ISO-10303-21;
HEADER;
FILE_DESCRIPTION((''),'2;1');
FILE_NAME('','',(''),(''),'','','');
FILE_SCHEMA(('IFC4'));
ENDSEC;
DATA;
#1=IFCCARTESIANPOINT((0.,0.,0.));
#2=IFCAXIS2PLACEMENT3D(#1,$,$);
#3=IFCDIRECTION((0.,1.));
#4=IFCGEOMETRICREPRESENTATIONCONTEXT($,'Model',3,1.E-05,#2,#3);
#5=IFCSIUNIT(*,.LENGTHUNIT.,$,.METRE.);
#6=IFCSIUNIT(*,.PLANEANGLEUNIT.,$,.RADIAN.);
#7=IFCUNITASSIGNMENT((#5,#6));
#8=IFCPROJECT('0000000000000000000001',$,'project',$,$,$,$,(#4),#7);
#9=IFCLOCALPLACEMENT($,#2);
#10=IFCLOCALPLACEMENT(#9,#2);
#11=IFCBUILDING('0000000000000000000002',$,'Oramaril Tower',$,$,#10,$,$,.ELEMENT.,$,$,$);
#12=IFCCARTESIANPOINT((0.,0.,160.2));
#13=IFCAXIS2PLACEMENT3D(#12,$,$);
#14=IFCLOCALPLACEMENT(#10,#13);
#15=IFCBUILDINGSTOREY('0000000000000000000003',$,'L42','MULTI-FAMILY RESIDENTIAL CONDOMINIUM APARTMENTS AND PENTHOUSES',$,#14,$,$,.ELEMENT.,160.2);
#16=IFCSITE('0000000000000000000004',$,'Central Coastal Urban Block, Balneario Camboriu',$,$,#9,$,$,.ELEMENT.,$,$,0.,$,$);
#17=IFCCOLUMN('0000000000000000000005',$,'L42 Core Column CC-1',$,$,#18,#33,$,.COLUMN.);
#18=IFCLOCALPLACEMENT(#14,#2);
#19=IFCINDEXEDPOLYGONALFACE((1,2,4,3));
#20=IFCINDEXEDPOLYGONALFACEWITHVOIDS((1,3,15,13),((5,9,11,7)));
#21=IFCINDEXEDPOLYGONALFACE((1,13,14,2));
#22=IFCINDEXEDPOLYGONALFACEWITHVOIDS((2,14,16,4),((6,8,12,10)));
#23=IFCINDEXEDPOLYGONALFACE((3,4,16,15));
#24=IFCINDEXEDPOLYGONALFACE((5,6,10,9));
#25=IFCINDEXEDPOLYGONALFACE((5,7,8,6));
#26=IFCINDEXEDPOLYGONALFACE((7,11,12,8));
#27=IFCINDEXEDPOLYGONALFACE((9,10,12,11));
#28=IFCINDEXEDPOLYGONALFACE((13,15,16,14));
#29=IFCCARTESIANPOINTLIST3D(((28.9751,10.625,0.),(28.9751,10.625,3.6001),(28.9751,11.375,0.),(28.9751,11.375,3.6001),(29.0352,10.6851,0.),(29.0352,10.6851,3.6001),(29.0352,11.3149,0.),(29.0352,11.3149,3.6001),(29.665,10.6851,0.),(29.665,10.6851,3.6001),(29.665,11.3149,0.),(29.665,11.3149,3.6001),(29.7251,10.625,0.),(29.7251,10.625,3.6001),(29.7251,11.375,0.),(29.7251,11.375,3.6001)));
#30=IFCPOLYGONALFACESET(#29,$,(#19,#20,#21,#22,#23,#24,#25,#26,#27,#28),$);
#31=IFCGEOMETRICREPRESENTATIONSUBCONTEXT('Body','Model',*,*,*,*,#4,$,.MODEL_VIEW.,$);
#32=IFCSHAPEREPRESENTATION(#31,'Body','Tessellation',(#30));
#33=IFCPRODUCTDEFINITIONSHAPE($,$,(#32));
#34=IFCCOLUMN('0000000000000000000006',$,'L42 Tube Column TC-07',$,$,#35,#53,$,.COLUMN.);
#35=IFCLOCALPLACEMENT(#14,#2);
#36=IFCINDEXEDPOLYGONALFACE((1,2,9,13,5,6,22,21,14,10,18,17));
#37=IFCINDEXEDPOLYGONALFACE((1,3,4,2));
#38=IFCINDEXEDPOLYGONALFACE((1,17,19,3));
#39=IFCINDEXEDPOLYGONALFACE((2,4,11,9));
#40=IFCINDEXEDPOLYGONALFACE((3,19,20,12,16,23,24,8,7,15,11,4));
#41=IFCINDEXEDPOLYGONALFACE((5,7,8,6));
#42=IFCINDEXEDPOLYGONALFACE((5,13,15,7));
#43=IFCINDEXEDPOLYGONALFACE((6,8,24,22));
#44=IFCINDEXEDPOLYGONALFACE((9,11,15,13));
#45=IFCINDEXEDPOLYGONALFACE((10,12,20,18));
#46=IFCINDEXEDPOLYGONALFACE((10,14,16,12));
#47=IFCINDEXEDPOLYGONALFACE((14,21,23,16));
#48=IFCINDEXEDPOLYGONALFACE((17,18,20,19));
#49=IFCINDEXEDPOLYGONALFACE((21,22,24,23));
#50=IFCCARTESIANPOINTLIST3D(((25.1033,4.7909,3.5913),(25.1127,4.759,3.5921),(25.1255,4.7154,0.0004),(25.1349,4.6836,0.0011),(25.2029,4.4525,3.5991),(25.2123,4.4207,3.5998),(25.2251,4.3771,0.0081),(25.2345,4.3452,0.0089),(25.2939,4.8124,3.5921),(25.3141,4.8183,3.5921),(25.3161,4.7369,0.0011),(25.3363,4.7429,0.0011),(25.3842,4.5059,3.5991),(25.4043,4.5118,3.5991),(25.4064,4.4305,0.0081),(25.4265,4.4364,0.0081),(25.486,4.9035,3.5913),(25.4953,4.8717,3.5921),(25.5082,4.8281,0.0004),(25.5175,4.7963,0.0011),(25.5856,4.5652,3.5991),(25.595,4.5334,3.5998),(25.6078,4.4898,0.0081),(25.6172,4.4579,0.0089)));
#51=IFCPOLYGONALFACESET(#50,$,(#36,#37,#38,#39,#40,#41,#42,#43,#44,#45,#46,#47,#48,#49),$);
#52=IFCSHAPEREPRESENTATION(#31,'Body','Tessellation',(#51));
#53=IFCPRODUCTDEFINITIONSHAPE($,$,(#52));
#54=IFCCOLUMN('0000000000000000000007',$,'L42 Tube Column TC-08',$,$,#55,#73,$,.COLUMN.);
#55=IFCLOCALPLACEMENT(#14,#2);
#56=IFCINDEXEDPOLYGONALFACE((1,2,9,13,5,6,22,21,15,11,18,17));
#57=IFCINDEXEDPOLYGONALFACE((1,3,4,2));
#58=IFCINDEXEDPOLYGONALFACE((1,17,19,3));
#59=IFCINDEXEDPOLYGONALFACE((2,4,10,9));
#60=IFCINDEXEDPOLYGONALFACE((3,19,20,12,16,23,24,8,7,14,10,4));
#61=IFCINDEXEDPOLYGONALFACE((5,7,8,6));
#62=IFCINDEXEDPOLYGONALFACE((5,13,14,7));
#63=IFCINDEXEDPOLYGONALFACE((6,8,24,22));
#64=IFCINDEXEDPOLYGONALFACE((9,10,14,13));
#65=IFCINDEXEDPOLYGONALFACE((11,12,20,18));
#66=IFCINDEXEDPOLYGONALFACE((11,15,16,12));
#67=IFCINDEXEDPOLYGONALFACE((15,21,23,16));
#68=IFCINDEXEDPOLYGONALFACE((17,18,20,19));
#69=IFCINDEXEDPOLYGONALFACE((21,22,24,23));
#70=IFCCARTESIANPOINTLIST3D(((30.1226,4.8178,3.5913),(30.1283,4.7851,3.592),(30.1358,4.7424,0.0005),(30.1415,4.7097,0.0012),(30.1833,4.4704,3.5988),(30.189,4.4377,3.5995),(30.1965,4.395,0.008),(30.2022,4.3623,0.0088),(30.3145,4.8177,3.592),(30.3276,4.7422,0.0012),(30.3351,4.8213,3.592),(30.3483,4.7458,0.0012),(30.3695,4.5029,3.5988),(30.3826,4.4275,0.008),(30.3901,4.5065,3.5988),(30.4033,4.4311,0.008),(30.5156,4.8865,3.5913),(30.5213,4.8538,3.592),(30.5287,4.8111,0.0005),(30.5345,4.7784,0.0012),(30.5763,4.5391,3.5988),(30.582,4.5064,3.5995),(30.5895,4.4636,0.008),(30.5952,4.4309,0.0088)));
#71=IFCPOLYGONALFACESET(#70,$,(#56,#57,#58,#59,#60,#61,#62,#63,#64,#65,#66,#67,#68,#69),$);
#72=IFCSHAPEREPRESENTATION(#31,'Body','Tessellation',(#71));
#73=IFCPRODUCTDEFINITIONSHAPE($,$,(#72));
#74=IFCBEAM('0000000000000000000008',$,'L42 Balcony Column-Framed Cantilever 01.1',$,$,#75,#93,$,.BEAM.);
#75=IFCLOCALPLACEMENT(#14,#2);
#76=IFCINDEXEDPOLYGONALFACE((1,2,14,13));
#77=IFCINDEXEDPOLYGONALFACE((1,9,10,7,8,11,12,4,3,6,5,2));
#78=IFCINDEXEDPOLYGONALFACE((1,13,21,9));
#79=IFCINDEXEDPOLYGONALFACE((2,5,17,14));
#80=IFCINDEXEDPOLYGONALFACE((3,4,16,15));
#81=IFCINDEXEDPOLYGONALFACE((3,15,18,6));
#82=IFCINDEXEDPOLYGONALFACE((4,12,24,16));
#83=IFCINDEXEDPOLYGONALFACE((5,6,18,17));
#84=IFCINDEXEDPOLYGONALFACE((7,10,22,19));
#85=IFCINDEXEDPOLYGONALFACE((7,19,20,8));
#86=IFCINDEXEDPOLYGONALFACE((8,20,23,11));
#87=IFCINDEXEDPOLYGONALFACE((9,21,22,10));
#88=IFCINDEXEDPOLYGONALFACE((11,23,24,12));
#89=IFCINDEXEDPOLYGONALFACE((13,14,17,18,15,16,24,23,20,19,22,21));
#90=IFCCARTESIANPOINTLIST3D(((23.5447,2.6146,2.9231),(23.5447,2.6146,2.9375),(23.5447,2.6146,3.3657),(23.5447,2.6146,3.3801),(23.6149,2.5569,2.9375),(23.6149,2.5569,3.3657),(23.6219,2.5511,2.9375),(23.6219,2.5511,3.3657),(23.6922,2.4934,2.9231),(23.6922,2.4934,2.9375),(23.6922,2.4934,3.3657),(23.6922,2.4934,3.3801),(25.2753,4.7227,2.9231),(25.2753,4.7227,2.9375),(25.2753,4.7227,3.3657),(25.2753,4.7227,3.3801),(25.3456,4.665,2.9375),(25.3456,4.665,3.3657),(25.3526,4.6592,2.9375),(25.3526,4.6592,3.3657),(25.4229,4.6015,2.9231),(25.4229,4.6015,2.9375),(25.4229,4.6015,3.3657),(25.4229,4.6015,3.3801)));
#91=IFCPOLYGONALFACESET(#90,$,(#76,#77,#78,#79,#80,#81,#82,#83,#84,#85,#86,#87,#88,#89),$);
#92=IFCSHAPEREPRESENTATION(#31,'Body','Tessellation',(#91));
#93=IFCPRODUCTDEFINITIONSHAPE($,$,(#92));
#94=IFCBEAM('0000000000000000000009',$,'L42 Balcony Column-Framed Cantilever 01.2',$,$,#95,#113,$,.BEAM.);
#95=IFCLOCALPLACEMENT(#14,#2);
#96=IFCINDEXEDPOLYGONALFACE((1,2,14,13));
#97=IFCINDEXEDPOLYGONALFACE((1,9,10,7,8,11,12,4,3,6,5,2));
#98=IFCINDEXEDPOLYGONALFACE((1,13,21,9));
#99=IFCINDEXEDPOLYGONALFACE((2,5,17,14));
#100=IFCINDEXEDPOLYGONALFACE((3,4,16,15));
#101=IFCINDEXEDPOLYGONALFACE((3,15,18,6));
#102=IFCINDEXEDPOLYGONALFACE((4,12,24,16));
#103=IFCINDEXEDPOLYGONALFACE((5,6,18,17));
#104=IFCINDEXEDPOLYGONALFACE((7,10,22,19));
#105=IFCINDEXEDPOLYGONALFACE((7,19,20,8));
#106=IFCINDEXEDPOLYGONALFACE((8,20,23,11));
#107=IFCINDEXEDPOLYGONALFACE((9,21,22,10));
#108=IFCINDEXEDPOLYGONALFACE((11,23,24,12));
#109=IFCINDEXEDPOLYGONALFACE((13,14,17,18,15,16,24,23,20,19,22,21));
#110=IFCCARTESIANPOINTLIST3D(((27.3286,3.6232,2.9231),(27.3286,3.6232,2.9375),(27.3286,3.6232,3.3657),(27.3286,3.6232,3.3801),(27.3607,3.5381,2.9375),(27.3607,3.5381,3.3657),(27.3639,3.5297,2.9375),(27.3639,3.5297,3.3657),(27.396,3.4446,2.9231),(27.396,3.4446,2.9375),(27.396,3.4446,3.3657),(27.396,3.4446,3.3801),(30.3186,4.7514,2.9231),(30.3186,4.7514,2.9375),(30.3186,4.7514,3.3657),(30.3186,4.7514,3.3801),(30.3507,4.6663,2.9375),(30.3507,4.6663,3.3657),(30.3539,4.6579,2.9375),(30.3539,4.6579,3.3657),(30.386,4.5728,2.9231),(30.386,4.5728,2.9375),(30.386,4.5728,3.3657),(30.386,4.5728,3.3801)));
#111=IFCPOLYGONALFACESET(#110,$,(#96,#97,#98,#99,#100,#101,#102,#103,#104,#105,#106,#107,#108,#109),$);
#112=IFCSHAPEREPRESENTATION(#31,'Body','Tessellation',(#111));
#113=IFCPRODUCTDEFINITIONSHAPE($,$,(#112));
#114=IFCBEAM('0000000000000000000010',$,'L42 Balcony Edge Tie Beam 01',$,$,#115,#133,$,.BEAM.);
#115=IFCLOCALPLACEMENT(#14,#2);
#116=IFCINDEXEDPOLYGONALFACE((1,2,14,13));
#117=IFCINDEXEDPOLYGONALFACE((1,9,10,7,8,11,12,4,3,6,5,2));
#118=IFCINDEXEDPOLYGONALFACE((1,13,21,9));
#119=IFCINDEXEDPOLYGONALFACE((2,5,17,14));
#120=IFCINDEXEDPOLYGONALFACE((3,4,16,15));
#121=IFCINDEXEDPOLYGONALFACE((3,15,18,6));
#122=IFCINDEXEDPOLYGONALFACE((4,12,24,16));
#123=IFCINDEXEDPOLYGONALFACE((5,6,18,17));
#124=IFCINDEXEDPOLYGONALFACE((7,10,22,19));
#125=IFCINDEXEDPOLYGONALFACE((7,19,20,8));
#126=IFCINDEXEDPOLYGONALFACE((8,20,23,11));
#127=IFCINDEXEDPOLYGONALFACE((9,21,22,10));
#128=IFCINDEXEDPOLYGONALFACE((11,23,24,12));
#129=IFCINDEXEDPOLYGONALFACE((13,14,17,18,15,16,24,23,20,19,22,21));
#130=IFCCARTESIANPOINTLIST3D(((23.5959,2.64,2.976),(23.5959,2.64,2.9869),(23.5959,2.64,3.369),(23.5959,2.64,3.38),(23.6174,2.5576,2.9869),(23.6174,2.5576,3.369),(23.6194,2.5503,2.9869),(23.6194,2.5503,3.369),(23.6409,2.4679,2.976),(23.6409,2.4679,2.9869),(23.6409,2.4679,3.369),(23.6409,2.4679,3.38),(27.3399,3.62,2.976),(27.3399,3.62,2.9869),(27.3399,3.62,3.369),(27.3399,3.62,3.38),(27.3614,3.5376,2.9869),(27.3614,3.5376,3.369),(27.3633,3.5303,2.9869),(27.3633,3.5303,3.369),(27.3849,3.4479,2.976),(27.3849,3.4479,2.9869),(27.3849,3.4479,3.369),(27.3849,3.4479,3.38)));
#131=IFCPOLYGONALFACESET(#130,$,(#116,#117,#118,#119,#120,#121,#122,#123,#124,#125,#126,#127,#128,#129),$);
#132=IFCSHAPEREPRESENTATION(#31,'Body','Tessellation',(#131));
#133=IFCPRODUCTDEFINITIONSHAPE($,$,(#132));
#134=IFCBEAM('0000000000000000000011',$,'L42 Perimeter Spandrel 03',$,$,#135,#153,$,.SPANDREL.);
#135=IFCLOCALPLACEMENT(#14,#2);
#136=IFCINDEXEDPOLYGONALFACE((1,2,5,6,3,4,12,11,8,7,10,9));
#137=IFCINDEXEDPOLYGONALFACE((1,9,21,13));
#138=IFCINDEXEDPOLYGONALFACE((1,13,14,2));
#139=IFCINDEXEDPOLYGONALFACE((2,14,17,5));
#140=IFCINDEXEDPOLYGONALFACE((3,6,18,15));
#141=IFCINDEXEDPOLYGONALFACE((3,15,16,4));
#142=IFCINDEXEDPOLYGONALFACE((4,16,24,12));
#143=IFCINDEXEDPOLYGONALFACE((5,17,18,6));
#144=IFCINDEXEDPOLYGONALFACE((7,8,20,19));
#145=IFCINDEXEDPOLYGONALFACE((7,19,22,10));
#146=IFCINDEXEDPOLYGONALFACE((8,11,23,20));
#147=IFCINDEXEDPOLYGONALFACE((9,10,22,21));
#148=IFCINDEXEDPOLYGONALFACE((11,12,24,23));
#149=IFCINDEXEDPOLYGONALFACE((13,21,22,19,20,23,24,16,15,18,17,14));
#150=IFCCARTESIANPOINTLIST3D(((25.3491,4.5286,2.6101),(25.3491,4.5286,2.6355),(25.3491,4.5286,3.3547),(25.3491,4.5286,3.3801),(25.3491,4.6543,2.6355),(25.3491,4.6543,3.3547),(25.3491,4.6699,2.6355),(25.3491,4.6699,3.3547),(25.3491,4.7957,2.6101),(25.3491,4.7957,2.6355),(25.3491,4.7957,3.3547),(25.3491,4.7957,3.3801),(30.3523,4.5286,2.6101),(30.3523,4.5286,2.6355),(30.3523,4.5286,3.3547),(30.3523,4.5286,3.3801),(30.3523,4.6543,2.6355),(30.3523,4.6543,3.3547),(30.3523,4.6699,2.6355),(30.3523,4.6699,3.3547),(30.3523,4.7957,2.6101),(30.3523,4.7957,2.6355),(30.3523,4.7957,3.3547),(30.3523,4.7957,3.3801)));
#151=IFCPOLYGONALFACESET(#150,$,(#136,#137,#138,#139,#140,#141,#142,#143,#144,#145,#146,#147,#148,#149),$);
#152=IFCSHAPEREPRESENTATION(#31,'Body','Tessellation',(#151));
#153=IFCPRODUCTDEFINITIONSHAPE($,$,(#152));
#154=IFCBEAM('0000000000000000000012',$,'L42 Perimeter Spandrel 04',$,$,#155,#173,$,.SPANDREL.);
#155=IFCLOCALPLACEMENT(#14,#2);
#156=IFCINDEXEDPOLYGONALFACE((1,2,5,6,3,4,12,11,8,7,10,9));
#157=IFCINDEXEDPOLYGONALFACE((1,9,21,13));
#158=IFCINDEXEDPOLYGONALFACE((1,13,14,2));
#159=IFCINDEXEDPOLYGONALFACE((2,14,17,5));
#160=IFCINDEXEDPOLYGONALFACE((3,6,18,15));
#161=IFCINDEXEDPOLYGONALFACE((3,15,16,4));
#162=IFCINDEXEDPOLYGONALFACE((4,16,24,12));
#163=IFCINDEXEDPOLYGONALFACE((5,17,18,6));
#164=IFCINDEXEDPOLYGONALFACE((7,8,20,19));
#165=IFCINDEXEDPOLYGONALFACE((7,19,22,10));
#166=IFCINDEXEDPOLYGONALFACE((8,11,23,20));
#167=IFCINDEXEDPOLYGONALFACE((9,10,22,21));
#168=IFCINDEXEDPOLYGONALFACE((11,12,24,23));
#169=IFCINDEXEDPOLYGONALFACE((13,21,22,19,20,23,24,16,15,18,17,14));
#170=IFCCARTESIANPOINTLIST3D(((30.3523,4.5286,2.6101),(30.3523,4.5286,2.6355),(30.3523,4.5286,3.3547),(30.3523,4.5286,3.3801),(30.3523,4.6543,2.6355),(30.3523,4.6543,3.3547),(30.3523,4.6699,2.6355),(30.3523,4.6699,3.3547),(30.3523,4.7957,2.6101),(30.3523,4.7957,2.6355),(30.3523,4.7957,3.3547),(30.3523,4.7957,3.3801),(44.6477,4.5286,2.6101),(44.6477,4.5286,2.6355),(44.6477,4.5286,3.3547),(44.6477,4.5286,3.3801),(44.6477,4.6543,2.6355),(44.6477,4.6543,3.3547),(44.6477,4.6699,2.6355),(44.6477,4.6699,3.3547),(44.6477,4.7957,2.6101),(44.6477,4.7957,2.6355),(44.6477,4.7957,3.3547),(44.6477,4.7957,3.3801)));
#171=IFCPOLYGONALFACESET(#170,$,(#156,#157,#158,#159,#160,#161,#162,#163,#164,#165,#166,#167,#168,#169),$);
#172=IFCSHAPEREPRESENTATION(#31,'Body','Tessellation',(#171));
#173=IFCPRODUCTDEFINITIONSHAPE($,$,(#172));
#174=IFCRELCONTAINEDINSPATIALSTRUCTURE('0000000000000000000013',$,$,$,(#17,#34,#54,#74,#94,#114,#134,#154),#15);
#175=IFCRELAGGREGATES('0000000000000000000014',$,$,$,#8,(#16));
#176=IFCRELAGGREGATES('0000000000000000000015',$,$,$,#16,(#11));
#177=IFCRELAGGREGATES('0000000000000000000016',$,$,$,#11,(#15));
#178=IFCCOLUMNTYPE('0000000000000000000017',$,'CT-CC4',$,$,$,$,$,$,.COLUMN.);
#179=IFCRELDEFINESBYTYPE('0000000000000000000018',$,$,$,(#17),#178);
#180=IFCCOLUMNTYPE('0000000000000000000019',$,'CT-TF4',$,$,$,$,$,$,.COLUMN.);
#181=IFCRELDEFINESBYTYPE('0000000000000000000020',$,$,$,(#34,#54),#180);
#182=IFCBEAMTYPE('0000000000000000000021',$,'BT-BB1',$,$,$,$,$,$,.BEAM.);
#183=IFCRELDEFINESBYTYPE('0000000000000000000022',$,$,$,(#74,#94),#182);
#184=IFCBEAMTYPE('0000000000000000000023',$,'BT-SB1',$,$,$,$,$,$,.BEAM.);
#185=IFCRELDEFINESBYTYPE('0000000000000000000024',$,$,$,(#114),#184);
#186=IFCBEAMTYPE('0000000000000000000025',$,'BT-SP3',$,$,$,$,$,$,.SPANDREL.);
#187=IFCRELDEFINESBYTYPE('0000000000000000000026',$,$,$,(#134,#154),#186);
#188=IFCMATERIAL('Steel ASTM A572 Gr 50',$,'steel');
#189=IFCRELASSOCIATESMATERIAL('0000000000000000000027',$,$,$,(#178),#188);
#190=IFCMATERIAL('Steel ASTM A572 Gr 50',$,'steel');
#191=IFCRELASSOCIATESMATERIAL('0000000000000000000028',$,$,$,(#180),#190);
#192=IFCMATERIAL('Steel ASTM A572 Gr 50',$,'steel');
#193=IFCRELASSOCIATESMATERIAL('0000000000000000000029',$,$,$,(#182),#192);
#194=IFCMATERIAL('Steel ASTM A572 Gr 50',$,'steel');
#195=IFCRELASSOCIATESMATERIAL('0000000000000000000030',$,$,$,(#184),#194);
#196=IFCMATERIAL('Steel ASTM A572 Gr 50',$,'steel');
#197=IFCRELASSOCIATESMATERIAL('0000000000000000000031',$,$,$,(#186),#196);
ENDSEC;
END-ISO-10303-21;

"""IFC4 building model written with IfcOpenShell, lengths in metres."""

from ifc_helpers import new_model, si_unit, direction, frame, origin, origin_2d, place, context, subcontext, project, spatial, hollow_rectangle, i_section, extrude, material, material_profile, profile_set, type_object, element, save


model = new_model("IFC4")

# Units and contexts
model_context = context("Model", 3, precision=1e-05, world=origin(), true_north=direction((0.0, 1.0)))
body_context = subcontext(model_context, "Body", "Model", "MODEL_VIEW")
ifc_project = project(units=[si_unit("LENGTHUNIT", "METRE"), si_unit("PLANEANGLEUNIT", "RADIAN")], contexts=[model_context])

# Site, building, storey
site_placement = place(None, origin())
site = spatial("IfcSite", under=ifc_project, at=site_placement, Name="Central Coastal Urban Block, Balneario Camboriu", CompositionType="ELEMENT", RefElevation=0.0)
building_placement = place(site_placement, origin())
building = spatial("IfcBuilding", under=site, at=building_placement, Name="Oramaril Tower", CompositionType="ELEMENT")
storey_placement = place(building_placement, frame((0.0, 0.0, 160.2)))
storey = spatial("IfcBuildingStorey", under=building, at=storey_placement, Name="L42", Description="MULTI-FAMILY RESIDENTIAL CONDOMINIUM APARTMENTS AND PENTHOUSES", CompositionType="ELEMENT", Elevation=160.2)

# Columns
ifc_material_1 = material(Name="Steel ASTM A572 Gr 50", Category="steel")
ifc_material_profile_1 = material_profile(ifc_material_1, hollow_rectangle(XDim=0.75, YDim=0.75, WallThickness=0.0601, at=origin_2d()), Name="BOX750X750X60")
ifc_profile_set_1 = profile_set([ifc_material_profile_1], Name="Steel ASTM A572 Gr 50")
column_type_1 = type_object("IfcColumnType", Name="CT-CC4", PredefinedType="COLUMN", material=ifc_profile_set_1)
column_1_placement = place(storey_placement, frame((29.3501, 11.0, 0.0), z_axis=(0.0, 0.0, 1.0), x_axis=(1.0, 0.0, 0.0)))
element("IfcColumn", 1, at=column_1_placement, inside=storey, type_object=column_type_1, Name="L42 Core Column CC-1", PredefinedType="COLUMN", context=body_context, shape_type="SweptSolid", body=[
    extrude(hollow_rectangle(XDim=0.75, YDim=0.75, WallThickness=0.0601, at=origin_2d()), origin(), (0.0, 0.0, 1.0), 3.6001),
])
ifc_material_2 = material(Name="Steel ASTM A572 Gr 50", Category="steel")
ifc_material_profile_2 = material_profile(ifc_material_2, i_section(OverallWidth=0.3989, OverallDepth=0.386, WebThickness=0.021, FlangeThickness=0.0332, at=origin_2d()), Name="W14X176")
ifc_profile_set_2 = profile_set([ifc_material_profile_2], Name="Steel ASTM A572 Gr 50")
column_type_2 = type_object("IfcColumnType", Name="CT-TF4", PredefinedType="COLUMN", material=ifc_profile_set_2)
column_2_placement = place(storey_placement, frame((25.3713, 4.5867, 0.0046), z_axis=(-0.006186, 0.021004, 0.99976), x_axis=(-0.959267, -0.282502, 0.0)))
element("IfcColumn", 2, at=column_2_placement, inside=storey, type_object=column_type_2, Name="L42 Tube Column TC-07", PredefinedType="COLUMN", context=body_context, shape_type="SweptSolid", body=[
    extrude(i_section(OverallWidth=0.3989, OverallDepth=0.386, WebThickness=0.021, FlangeThickness=0.0332, at=origin_2d()), origin(), (0.0, 0.0, 1.0), 3.5918),
])
column_3_placement = place(storey_placement, frame((30.3655, 4.5867, 0.0046), z_axis=(-0.003671, 0.021004, 0.999773), x_axis=(-0.985071, -0.172148, 0.0)))
element("IfcColumn", 3, at=column_3_placement, inside=storey, type_object=column_type_2, Name="L42 Tube Column TC-08", PredefinedType="COLUMN", context=body_context, shape_type="SweptSolid", body=[
    extrude(i_section(OverallWidth=0.3989, OverallDepth=0.386, WebThickness=0.021, FlangeThickness=0.0332, at=origin_2d()), origin(), (0.0, 0.0, 1.0), 3.5916),
])

# Beams
ifc_material_3 = material(Name="Steel ASTM A572 Gr 50", Category="steel")
ifc_material_profile_3 = material_profile(ifc_material_3, i_section(OverallWidth=0.1909, OverallDepth=0.457, WebThickness=0.009, FlangeThickness=0.0144, at=origin_2d()), Name="W18X50")
ifc_profile_set_3 = profile_set([ifc_material_profile_3], Name="Steel ASTM A572 Gr 50")
beam_type_1 = type_object("IfcBeamType", Name="BT-BB1", PredefinedType="BEAM", material=ifc_profile_set_3)
beam_1_placement = place(storey_placement, frame((25.3491, 4.6621, 3.1516), z_axis=(-0.634524, -0.772903, 0.0), x_axis=(0.772903, -0.634524, 0.0)))
element("IfcBeam", 4, at=beam_1_placement, inside=storey, type_object=beam_type_1, Name="L42 Balcony Column-Framed Cantilever 01.1", PredefinedType="BEAM", context=body_context, shape_type="SweptSolid", body=[
    extrude(i_section(OverallWidth=0.1909, OverallDepth=0.457, WebThickness=0.009, FlangeThickness=0.0144, at=origin_2d()), origin(), (0.0, 0.0, 1.0), 2.7275),
])
beam_2_placement = place(storey_placement, frame((30.3523, 4.6621, 3.1516), z_axis=(-0.935615, -0.353023, 0.0), x_axis=(0.353023, -0.935615, 0.0)))
element("IfcBeam", 5, at=beam_2_placement, inside=storey, type_object=beam_type_1, Name="L42 Balcony Column-Framed Cantilever 01.2", PredefinedType="BEAM", context=body_context, shape_type="SweptSolid", body=[
    extrude(i_section(OverallWidth=0.1909, OverallDepth=0.457, WebThickness=0.009, FlangeThickness=0.0144, at=origin_2d()), origin(), (0.0, 0.0, 1.0), 3.1958),
])
ifc_material_4 = material(Name="Steel ASTM A572 Gr 50", Category="steel")
ifc_material_profile_4 = material_profile(ifc_material_4, i_section(OverallWidth=0.178, OverallDepth=0.4041, WebThickness=0.0076, FlangeThickness=0.011, at=origin_2d()), Name="W16X36")
ifc_profile_set_4 = profile_set([ifc_material_profile_4], Name="Steel ASTM A572 Gr 50")
beam_type_2 = type_object("IfcBeamType", Name="BT-SB1", PredefinedType="BEAM", material=ifc_profile_set_4)
beam_3_placement = place(storey_placement, frame((23.6184, 2.554, 3.178), z_axis=(0.967408, 0.253223, 0.0), x_axis=(-0.253223, 0.967408, 0.0)))
element("IfcBeam", 6, at=beam_3_placement, inside=storey, type_object=beam_type_2, Name="L42 Balcony Edge Tie Beam 01", PredefinedType="BEAM", context=body_context, shape_type="SweptSolid", body=[
    extrude(i_section(OverallWidth=0.178, OverallDepth=0.4041, WebThickness=0.0076, FlangeThickness=0.011, at=origin_2d()), origin(), (0.0, 0.0, 1.0), 3.8701),
])
ifc_material_5 = material(Name="Steel ASTM A572 Gr 50", Category="steel")
ifc_material_profile_5 = material_profile(ifc_material_5, i_section(OverallWidth=0.2671, OverallDepth=0.77, WebThickness=0.0156, FlangeThickness=0.0254, at=origin_2d()), Name="W30X132")
ifc_profile_set_5 = profile_set([ifc_material_profile_5], Name="Steel ASTM A572 Gr 50")
beam_type_3 = type_object("IfcBeamType", Name="BT-SP3", PredefinedType="SPANDREL", material=ifc_profile_set_5)
beam_4_placement = place(storey_placement, frame((25.3491, 4.6621, 2.9951), z_axis=(1.0, 0.0, 0.0), x_axis=(0.0, 1.0, 0.0)))
element("IfcBeam", 7, at=beam_4_placement, inside=storey, type_object=beam_type_3, Name="L42 Perimeter Spandrel 03", PredefinedType="SPANDREL", context=body_context, shape_type="SweptSolid", body=[
    extrude(i_section(OverallWidth=0.2671, OverallDepth=0.77, WebThickness=0.0156, FlangeThickness=0.0254, at=origin_2d()), origin(), (0.0, 0.0, 1.0), 5.0032),
])
beam_5_placement = place(storey_placement, frame((30.3523, 4.6621, 2.9951), z_axis=(1.0, 0.0, 0.0), x_axis=(0.0, 1.0, 0.0)))
element("IfcBeam", 8, at=beam_5_placement, inside=storey, type_object=beam_type_3, Name="L42 Perimeter Spandrel 04", PredefinedType="SPANDREL", context=body_context, shape_type="SweptSolid", body=[
    extrude(i_section(OverallWidth=0.2671, OverallDepth=0.77, WebThickness=0.0156, FlangeThickness=0.0254, at=origin_2d()), origin(), (0.0, 0.0, 1.0), 14.2954),
])

save(model, "model.ifc")
